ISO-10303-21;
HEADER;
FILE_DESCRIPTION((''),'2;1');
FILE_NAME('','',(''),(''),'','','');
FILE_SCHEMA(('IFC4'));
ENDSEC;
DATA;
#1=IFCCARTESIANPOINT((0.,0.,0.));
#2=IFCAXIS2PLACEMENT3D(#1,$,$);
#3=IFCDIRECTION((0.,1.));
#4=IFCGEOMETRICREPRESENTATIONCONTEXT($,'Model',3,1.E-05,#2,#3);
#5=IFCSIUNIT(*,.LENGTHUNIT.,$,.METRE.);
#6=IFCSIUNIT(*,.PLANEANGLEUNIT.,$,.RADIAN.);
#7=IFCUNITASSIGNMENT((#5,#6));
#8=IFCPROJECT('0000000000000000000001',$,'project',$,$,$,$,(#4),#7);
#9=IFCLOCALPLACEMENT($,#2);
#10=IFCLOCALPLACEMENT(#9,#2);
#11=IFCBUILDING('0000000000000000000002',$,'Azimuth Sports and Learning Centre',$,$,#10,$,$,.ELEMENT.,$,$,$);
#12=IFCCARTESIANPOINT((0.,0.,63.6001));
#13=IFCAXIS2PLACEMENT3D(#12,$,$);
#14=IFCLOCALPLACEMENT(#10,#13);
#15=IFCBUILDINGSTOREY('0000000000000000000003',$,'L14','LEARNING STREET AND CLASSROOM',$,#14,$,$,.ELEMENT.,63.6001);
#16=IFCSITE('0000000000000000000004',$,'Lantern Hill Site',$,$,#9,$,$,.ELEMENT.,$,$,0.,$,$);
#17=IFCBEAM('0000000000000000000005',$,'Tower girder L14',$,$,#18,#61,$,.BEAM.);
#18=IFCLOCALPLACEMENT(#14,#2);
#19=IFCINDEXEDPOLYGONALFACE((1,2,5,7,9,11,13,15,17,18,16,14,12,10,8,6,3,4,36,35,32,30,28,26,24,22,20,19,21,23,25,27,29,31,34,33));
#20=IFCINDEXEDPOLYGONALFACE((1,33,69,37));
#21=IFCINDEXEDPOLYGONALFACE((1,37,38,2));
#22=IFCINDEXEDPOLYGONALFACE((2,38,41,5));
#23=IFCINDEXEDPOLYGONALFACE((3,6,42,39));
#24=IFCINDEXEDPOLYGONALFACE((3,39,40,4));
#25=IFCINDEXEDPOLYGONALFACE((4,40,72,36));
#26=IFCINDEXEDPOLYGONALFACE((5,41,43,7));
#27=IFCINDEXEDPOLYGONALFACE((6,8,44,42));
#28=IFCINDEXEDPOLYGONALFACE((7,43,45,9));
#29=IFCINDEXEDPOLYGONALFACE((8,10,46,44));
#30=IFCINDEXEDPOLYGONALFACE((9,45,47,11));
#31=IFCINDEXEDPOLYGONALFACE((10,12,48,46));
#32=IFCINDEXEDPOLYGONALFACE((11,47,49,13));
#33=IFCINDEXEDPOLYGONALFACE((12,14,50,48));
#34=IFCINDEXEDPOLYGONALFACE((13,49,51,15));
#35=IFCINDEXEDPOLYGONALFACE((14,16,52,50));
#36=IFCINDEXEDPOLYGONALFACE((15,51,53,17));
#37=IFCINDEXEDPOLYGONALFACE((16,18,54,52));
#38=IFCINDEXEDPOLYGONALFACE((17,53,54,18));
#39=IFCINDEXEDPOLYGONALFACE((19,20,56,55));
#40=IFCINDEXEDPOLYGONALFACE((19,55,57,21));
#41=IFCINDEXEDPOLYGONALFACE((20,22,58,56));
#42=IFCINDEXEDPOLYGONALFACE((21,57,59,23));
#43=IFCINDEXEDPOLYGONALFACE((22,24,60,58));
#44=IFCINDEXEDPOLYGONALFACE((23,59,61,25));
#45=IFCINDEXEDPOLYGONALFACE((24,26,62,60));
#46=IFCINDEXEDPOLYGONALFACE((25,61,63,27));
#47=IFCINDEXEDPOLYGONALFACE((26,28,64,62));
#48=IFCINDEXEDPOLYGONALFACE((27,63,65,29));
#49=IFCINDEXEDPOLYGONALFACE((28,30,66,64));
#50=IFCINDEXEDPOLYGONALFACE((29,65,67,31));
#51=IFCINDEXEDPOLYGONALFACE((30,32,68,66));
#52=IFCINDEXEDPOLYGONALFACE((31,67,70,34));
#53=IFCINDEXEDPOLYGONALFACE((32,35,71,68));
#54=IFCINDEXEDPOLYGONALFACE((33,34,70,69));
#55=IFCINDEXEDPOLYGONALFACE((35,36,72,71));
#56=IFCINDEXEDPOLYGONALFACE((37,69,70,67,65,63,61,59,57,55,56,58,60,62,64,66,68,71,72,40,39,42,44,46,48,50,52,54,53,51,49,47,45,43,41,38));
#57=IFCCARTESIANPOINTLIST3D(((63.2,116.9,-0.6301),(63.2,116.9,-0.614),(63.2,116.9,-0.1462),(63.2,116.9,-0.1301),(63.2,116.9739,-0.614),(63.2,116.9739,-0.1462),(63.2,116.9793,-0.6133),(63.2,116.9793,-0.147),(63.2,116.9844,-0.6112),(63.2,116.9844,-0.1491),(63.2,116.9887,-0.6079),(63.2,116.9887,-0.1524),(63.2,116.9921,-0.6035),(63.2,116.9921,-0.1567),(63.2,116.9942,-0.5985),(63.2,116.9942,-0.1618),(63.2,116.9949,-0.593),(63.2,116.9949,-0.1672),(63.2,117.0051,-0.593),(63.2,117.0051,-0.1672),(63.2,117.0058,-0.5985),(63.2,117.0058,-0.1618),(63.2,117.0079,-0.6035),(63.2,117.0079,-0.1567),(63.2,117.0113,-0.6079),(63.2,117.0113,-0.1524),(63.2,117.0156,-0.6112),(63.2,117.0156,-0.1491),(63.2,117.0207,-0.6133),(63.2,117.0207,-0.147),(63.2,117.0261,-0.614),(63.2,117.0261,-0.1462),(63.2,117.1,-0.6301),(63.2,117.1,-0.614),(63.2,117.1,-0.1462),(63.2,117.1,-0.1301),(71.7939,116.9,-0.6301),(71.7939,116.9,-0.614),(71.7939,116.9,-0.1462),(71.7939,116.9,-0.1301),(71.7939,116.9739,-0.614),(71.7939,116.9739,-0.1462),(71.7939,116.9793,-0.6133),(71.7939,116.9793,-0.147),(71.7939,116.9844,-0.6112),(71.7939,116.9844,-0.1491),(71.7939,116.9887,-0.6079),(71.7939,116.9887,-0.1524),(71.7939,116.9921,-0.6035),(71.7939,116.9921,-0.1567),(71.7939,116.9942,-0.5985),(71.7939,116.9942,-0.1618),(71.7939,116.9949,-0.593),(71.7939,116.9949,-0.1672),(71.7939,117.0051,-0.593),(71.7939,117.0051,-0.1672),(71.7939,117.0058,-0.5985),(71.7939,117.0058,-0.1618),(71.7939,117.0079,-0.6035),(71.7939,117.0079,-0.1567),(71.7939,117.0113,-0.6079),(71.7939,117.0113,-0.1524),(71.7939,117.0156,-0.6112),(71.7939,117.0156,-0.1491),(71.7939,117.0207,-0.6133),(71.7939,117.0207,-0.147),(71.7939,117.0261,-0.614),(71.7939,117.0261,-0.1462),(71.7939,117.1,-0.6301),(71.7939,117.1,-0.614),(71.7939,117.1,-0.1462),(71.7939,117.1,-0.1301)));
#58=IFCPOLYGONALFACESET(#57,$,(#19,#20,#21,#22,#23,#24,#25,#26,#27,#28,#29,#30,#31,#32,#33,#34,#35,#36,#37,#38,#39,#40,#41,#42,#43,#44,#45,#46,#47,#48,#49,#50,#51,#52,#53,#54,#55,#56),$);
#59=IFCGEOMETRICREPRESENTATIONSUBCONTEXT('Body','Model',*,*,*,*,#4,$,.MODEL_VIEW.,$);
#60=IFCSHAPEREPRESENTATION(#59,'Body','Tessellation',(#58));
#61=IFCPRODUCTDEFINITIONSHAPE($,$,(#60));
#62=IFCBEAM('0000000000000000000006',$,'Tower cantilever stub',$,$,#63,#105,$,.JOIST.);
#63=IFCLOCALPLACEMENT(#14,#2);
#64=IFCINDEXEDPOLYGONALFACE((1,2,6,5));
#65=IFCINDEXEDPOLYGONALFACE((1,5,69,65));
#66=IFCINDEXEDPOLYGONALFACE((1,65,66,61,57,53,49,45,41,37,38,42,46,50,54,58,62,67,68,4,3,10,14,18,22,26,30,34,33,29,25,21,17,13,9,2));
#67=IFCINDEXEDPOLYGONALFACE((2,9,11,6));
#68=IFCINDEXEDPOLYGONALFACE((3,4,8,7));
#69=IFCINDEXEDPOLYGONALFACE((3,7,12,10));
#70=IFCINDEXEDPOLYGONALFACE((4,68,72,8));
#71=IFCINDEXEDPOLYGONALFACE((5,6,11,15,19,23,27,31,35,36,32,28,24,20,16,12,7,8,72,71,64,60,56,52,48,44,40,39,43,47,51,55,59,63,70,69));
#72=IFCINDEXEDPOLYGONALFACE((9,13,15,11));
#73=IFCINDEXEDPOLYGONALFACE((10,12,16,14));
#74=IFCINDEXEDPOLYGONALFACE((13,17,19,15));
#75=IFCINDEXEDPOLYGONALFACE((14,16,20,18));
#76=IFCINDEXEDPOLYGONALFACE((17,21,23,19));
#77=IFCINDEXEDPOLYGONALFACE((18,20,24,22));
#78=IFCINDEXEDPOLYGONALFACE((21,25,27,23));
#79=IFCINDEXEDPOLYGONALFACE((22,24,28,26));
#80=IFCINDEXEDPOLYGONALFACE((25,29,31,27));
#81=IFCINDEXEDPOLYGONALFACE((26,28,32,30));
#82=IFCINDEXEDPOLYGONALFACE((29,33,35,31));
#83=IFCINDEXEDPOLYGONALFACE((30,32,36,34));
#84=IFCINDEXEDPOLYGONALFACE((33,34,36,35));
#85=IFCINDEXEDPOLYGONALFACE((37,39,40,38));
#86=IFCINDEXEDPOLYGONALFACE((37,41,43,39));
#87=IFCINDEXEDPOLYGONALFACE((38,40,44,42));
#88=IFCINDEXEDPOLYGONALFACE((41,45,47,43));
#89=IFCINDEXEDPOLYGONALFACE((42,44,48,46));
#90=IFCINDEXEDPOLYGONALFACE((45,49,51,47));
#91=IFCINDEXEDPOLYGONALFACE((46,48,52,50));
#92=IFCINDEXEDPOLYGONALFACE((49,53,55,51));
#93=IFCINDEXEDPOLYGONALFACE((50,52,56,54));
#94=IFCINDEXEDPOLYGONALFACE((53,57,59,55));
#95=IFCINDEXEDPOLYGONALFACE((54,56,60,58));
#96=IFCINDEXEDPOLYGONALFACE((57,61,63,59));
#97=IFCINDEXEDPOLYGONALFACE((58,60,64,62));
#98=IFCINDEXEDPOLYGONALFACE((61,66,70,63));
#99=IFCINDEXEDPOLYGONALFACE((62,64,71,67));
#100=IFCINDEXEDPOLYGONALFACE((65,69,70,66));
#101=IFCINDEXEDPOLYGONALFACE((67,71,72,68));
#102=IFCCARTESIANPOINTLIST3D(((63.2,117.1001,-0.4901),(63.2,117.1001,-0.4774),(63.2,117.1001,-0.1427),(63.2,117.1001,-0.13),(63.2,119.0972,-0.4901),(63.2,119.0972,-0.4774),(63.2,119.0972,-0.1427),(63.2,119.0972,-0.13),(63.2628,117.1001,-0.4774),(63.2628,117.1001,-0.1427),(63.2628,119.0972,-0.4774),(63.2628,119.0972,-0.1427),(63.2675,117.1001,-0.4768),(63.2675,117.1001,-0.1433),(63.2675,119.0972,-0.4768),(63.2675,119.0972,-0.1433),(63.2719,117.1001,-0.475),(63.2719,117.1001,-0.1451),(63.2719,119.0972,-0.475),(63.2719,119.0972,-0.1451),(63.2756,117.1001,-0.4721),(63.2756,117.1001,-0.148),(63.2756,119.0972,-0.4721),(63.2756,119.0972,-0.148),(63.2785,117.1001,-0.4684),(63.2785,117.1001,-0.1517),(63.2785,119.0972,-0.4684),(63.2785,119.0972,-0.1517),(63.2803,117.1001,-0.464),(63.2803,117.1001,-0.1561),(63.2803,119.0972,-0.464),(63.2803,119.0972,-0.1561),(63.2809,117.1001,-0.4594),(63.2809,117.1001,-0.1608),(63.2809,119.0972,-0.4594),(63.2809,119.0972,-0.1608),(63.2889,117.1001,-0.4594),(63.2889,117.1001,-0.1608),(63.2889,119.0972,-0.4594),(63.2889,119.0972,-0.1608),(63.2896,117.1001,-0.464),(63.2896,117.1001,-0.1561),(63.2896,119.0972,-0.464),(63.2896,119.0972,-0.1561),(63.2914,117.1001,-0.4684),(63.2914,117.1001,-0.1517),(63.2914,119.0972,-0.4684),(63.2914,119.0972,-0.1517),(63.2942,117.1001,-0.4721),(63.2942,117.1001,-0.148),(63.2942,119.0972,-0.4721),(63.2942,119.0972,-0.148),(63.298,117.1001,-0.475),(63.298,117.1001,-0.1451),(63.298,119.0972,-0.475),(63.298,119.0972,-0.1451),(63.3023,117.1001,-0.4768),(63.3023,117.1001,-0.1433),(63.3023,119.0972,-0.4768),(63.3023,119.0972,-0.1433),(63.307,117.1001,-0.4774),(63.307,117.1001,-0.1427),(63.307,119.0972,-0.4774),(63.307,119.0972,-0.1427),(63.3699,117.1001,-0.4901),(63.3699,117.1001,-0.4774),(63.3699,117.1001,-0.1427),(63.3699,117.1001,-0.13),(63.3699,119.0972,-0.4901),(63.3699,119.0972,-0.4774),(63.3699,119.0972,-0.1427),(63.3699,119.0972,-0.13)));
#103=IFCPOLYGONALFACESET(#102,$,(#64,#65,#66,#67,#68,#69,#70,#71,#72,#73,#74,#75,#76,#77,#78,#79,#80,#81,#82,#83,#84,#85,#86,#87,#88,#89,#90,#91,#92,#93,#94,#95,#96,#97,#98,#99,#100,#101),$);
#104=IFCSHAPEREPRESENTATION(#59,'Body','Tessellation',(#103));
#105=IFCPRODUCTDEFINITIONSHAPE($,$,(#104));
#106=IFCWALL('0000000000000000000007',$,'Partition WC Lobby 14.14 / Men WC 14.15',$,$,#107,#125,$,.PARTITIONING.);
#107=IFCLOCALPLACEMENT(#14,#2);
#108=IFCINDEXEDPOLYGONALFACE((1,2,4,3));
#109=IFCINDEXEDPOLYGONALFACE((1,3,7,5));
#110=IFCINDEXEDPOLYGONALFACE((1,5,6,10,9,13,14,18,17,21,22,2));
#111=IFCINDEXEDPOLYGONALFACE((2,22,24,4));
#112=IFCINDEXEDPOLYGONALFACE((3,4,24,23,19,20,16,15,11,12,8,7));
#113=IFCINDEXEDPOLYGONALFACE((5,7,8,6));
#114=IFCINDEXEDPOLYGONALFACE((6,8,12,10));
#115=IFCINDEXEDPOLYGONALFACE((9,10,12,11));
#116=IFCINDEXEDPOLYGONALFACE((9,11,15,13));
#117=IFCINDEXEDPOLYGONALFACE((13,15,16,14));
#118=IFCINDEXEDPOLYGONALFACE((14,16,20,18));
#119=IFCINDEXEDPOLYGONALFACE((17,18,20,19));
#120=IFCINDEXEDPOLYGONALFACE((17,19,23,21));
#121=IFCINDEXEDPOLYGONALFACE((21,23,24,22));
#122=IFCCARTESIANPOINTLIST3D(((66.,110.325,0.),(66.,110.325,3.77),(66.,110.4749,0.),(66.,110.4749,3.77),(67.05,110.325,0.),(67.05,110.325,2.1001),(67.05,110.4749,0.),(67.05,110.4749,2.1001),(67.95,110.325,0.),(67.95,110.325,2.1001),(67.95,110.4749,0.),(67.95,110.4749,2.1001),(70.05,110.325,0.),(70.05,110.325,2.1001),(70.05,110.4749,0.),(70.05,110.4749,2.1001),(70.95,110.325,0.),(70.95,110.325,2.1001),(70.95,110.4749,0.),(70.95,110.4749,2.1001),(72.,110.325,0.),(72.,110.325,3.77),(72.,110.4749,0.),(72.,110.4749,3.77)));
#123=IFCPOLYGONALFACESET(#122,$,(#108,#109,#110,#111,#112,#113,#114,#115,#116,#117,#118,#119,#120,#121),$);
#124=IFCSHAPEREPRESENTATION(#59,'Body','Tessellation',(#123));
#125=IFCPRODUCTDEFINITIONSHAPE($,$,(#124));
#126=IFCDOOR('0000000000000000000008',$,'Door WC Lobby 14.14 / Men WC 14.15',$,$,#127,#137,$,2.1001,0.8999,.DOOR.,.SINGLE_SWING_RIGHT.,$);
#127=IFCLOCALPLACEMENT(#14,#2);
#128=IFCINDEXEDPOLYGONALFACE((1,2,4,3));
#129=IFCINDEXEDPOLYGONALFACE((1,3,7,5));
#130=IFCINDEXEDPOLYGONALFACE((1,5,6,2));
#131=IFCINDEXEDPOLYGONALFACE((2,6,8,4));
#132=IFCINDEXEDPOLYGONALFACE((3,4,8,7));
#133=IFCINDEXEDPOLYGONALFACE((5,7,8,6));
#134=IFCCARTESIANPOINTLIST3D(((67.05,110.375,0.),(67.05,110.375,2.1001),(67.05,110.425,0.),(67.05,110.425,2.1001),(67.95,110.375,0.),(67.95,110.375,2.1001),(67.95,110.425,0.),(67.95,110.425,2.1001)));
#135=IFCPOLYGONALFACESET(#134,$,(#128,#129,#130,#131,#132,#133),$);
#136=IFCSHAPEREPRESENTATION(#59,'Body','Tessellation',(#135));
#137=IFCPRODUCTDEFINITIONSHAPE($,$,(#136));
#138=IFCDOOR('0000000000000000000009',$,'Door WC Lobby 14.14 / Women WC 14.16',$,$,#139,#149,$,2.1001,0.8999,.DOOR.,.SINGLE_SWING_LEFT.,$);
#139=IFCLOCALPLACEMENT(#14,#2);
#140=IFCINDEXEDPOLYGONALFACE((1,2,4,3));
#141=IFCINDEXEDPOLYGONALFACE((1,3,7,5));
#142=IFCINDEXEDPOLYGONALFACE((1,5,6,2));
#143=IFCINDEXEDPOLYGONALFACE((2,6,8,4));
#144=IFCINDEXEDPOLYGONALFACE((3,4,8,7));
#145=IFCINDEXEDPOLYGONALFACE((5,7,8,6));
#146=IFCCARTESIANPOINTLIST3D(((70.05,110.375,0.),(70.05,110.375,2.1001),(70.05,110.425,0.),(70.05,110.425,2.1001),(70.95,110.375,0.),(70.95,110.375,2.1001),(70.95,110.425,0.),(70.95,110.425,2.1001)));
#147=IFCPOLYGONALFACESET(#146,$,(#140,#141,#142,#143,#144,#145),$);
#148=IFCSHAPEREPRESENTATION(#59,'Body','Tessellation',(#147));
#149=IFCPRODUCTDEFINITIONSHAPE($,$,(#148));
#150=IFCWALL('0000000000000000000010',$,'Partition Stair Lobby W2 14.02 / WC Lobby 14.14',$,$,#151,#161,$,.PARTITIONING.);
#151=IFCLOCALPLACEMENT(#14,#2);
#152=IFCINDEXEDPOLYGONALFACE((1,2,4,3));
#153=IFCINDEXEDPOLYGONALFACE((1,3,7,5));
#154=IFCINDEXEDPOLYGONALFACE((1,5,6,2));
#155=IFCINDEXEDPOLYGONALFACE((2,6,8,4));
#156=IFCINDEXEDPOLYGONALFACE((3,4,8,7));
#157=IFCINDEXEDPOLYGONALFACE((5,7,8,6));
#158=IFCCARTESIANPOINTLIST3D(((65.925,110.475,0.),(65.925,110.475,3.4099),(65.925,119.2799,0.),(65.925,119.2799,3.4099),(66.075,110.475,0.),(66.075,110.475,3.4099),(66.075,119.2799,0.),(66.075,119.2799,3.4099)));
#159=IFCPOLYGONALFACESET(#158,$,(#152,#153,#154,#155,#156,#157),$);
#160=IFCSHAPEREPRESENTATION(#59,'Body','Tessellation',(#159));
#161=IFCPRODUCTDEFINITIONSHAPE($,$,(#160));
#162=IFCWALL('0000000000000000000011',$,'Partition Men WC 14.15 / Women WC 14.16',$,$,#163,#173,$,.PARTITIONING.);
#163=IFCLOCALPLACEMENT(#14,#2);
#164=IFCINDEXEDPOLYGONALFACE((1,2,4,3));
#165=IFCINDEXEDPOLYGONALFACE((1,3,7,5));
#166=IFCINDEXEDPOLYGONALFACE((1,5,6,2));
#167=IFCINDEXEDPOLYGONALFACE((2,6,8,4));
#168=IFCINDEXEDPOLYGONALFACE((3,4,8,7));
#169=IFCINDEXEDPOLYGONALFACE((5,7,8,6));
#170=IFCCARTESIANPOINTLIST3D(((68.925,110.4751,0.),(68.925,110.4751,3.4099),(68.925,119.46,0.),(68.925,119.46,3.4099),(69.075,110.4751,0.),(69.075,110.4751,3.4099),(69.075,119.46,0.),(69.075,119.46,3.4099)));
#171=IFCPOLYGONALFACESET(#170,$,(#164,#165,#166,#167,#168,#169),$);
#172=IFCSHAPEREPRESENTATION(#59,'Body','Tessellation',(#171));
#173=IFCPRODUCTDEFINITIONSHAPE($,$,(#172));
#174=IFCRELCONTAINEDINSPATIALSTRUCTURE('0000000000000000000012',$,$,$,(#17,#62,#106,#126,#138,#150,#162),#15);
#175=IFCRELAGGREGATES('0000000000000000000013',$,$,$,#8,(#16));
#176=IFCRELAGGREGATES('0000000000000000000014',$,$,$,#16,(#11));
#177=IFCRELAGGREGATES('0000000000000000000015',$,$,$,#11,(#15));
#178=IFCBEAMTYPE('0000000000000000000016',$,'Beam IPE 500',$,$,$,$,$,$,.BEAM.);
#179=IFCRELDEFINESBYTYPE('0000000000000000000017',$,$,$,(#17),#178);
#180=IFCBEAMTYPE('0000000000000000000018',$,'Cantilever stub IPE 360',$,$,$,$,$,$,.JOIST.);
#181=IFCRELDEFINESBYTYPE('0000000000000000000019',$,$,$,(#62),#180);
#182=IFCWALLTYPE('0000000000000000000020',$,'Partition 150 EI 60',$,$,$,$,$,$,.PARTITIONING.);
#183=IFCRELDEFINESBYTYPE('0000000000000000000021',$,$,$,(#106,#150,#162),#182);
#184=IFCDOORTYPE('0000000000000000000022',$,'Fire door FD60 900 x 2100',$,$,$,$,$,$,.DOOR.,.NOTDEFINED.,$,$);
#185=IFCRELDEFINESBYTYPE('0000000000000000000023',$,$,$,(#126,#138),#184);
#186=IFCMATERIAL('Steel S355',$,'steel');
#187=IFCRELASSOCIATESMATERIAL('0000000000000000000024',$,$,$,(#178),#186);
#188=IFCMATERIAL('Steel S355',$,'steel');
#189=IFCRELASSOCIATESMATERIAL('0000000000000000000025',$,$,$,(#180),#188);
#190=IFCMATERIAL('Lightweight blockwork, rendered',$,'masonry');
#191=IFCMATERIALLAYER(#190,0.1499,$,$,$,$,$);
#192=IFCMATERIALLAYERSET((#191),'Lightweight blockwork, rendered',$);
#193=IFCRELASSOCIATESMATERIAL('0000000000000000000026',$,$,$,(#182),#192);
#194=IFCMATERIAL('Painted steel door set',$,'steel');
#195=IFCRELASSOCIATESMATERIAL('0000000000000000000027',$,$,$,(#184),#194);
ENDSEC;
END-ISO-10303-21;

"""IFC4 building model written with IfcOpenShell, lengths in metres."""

from ifc_helpers import new_model, si_unit, direction, frame, frame_2d, origin, origin_2d, place, context, subcontext, project, spatial, rectangle, i_section, extrude, material, layer, layer_set, material_profile, profile_set, type_object, element, fill, save


model = new_model("IFC4")

# Units and contexts
model_context = context("Model", 3, precision=1e-05, world=origin(), true_north=direction((0.0, 1.0)))
body_context = subcontext(model_context, "Body", "Model", "MODEL_VIEW")
ifc_project = project(units=[si_unit("LENGTHUNIT", "METRE"), si_unit("PLANEANGLEUNIT", "RADIAN")], contexts=[model_context])

# Site, building, storey
site_placement = place(None, origin())
site = spatial("IfcSite", under=ifc_project, at=site_placement, Name="Lantern Hill Site", CompositionType="ELEMENT", RefElevation=0.0)
building_placement = place(site_placement, origin())
building = spatial("IfcBuilding", under=site, at=building_placement, Name="Azimuth Sports and Learning Centre", CompositionType="ELEMENT")
storey_placement = place(building_placement, frame((0.0, 0.0, 63.6001)))
storey = spatial("IfcBuildingStorey", under=building, at=storey_placement, Name="L14", Description="LEARNING STREET AND CLASSROOM", CompositionType="ELEMENT", Elevation=63.6001)

# Beams
ifc_material_1 = material(Name="Steel S355", Category="steel")
ifc_material_profile_1 = material_profile(ifc_material_1, i_section(OverallWidth=0.2, OverallDepth=0.5, WebThickness=0.0103, FlangeThickness=0.0161, FilletRadius=0.021, at=origin_2d()), Name="IPE 500")
ifc_profile_set_1 = profile_set([ifc_material_profile_1], Name="Steel S355")
beam_type_1 = type_object("IfcBeamType", Name="Beam IPE 500", PredefinedType="BEAM", material=ifc_profile_set_1)
beam_1_placement = place(storey_placement, frame((63.2, 117.0, -0.3801), z_axis=(1.0, 0.0, 0.0), x_axis=(0.0, 1.0, 0.0)))
element("IfcBeam", 1, at=beam_1_placement, inside=storey, type_object=beam_type_1, Name="Tower girder L14", PredefinedType="BEAM", context=body_context, shape_type="SweptSolid", body=[
    extrude(i_section(OverallWidth=0.2, OverallDepth=0.5, WebThickness=0.0103, FlangeThickness=0.0161, FilletRadius=0.021, at=origin_2d()), origin(), (0.0, 0.0, 1.0), 8.594),
])
ifc_material_2 = material(Name="Steel S355", Category="steel")
ifc_material_profile_2 = material_profile(ifc_material_2, i_section(OverallWidth=0.1699, OverallDepth=0.3601, WebThickness=0.0081, FlangeThickness=0.0127, FilletRadius=0.0181, at=origin_2d()), Name="IPE 360")
ifc_profile_set_2 = profile_set([ifc_material_profile_2], Name="Steel S355")
beam_type_2 = type_object("IfcBeamType", Name="Cantilever stub IPE 360", PredefinedType="JOIST", material=ifc_profile_set_2)
beam_2_placement = place(storey_placement, frame((63.2849, 117.1001, -0.3101), z_axis=(0.0, 1.0, 0.0), x_axis=(-1.0, 0.0, 0.0)))
element("IfcBeam", 2, at=beam_2_placement, inside=storey, type_object=beam_type_2, Name="Tower cantilever stub", PredefinedType="JOIST", context=body_context, shape_type="SweptSolid", body=[
    extrude(i_section(OverallWidth=0.1699, OverallDepth=0.3601, WebThickness=0.0081, FlangeThickness=0.0127, FilletRadius=0.0181, at=origin_2d()), origin(), (0.0, 0.0, 1.0), 1.9971),
])

# Wall, openings, doors
ifc_material_3 = material(Name="Lightweight blockwork, rendered", Category="masonry")
ifc_layer_1 = layer(ifc_material_3, 0.1499)
ifc_layer_set_1 = layer_set([ifc_layer_1], Name="Lightweight blockwork, rendered")
wall_type_1 = type_object("IfcWallType", Name="Partition 150 EI 60", PredefinedType="PARTITIONING", material=ifc_layer_set_1)
wall_1_placement = place(storey_placement, frame((66.0, 110.3999, 0.0), z_axis=(0.0, 0.0, 1.0), x_axis=(1.0, 0.0, 0.0)))
wall_1 = element("IfcWall", 3, at=wall_1_placement, inside=storey, type_object=wall_type_1, Name="Partition WC Lobby 14.14 / Men WC 14.15", PredefinedType="PARTITIONING", context=body_context, shape_type="SweptSolid", body=[
    extrude(rectangle(XDim=6.0, YDim=0.1499, at=frame_2d((3.0, 0.0))), origin(), (0.0, 0.0, 1.0), 3.77),
])
opening_1_placement = place(wall_1_placement, frame((1.05, 0.0, 0.0)))
opening_1 = element("IfcOpeningElement", 4, at=opening_1_placement, cuts=wall_1, PredefinedType="OPENING", context=body_context, shape_type="SweptSolid", body=[
    extrude(rectangle(XDim=0.8999, YDim=2.1001, at=frame_2d((0.45, 1.05))), frame((0.0, 0.0859, 0.0), z_axis=(0.0, -1.0, 0.0), x_axis=(1.0, 0.0, 0.0)), (0.0, 0.0, 1.0), 0.1719),
])
opening_2_placement = place(wall_1_placement, frame((4.05, 0.0, 0.0)))
opening_2 = element("IfcOpeningElement", 5, at=opening_2_placement, cuts=wall_1, PredefinedType="OPENING", context=body_context, shape_type="SweptSolid", body=[
    extrude(rectangle(XDim=0.8999, YDim=2.1001, at=frame_2d((0.45, 1.05))), frame((0.0, 0.0859, 0.0), z_axis=(0.0, -1.0, 0.0), x_axis=(1.0, 0.0, 0.0)), (0.0, 0.0, 1.0), 0.1719),
])
ifc_material_4 = material(Name="Painted steel door set", Category="steel")
door_type = type_object("IfcDoorType", Name="Fire door FD60 900 x 2100", OperationType="NOTDEFINED", PredefinedType="DOOR", material=ifc_material_4)
door_1_placement = place(opening_1_placement, frame((0.8999, 0.0, 0.0), z_axis=(0.0, 0.0, 1.0), x_axis=(-1.0, 0.0, 0.0)))
door_1 = element("IfcDoor", 6, at=door_1_placement, inside=storey, type_object=door_type, Name="Door WC Lobby 14.14 / Men WC 14.15", OperationType="SINGLE_SWING_RIGHT", OverallHeight=2.1001, OverallWidth=0.8999, PredefinedType="DOOR", context=body_context, shape_type="SweptSolid", body=[
    extrude(rectangle(XDim=0.8999, YDim=2.1001, at=frame_2d((0.45, 1.05))), frame((0.0, 0.0249, 0.0), z_axis=(0.0, -1.0, 0.0), x_axis=(1.0, 0.0, 0.0)), (0.0, 0.0, 1.0), 0.05),
])
fill(opening_1, door_1)
door_2_placement = place(opening_2_placement, frame((0.8999, 0.0, 0.0), z_axis=(0.0, 0.0, 1.0), x_axis=(-1.0, 0.0, 0.0)))
door_2 = element("IfcDoor", 7, at=door_2_placement, inside=storey, type_object=door_type, Name="Door WC Lobby 14.14 / Women WC 14.16", OperationType="SINGLE_SWING_LEFT", OverallHeight=2.1001, OverallWidth=0.8999, PredefinedType="DOOR", context=body_context, shape_type="SweptSolid", body=[
    extrude(rectangle(XDim=0.8999, YDim=2.1001, at=frame_2d((0.45, 1.05))), frame((0.0, 0.0249, 0.0), z_axis=(0.0, -1.0, 0.0), x_axis=(1.0, 0.0, 0.0)), (0.0, 0.0, 1.0), 0.05),
])
fill(opening_2, door_2)

# Walls
wall_2_placement = place(storey_placement, frame((66.0, 110.4751, 0.0), z_axis=(0.0, 0.0, 1.0), x_axis=(0.0, 1.0, 0.0)))
element("IfcWall", 8, at=wall_2_placement, inside=storey, type_object=wall_type_1, Name="Partition Stair Lobby W2 14.02 / WC Lobby 14.14", PredefinedType="PARTITIONING", context=body_context, shape_type="SweptSolid", body=[
    extrude(rectangle(XDim=8.8049, YDim=0.1499, at=frame_2d((4.4023, 0.0))), origin(), (0.0, 0.0, 1.0), 3.4099),
])
wall_3_placement = place(storey_placement, frame((69.0, 110.4751, 0.0), z_axis=(0.0, 0.0, 1.0), x_axis=(0.0, 1.0, 0.0)))
element("IfcWall", 9, at=wall_3_placement, inside=storey, type_object=wall_type_1, Name="Partition Men WC 14.15 / Women WC 14.16", PredefinedType="PARTITIONING", context=body_context, shape_type="SweptSolid", body=[
    extrude(rectangle(XDim=8.9849, YDim=0.1499, at=frame_2d((4.4924, 0.0))), origin(), (0.0, 0.0, 1.0), 3.4099),
])

save(model, "model.ifc")
